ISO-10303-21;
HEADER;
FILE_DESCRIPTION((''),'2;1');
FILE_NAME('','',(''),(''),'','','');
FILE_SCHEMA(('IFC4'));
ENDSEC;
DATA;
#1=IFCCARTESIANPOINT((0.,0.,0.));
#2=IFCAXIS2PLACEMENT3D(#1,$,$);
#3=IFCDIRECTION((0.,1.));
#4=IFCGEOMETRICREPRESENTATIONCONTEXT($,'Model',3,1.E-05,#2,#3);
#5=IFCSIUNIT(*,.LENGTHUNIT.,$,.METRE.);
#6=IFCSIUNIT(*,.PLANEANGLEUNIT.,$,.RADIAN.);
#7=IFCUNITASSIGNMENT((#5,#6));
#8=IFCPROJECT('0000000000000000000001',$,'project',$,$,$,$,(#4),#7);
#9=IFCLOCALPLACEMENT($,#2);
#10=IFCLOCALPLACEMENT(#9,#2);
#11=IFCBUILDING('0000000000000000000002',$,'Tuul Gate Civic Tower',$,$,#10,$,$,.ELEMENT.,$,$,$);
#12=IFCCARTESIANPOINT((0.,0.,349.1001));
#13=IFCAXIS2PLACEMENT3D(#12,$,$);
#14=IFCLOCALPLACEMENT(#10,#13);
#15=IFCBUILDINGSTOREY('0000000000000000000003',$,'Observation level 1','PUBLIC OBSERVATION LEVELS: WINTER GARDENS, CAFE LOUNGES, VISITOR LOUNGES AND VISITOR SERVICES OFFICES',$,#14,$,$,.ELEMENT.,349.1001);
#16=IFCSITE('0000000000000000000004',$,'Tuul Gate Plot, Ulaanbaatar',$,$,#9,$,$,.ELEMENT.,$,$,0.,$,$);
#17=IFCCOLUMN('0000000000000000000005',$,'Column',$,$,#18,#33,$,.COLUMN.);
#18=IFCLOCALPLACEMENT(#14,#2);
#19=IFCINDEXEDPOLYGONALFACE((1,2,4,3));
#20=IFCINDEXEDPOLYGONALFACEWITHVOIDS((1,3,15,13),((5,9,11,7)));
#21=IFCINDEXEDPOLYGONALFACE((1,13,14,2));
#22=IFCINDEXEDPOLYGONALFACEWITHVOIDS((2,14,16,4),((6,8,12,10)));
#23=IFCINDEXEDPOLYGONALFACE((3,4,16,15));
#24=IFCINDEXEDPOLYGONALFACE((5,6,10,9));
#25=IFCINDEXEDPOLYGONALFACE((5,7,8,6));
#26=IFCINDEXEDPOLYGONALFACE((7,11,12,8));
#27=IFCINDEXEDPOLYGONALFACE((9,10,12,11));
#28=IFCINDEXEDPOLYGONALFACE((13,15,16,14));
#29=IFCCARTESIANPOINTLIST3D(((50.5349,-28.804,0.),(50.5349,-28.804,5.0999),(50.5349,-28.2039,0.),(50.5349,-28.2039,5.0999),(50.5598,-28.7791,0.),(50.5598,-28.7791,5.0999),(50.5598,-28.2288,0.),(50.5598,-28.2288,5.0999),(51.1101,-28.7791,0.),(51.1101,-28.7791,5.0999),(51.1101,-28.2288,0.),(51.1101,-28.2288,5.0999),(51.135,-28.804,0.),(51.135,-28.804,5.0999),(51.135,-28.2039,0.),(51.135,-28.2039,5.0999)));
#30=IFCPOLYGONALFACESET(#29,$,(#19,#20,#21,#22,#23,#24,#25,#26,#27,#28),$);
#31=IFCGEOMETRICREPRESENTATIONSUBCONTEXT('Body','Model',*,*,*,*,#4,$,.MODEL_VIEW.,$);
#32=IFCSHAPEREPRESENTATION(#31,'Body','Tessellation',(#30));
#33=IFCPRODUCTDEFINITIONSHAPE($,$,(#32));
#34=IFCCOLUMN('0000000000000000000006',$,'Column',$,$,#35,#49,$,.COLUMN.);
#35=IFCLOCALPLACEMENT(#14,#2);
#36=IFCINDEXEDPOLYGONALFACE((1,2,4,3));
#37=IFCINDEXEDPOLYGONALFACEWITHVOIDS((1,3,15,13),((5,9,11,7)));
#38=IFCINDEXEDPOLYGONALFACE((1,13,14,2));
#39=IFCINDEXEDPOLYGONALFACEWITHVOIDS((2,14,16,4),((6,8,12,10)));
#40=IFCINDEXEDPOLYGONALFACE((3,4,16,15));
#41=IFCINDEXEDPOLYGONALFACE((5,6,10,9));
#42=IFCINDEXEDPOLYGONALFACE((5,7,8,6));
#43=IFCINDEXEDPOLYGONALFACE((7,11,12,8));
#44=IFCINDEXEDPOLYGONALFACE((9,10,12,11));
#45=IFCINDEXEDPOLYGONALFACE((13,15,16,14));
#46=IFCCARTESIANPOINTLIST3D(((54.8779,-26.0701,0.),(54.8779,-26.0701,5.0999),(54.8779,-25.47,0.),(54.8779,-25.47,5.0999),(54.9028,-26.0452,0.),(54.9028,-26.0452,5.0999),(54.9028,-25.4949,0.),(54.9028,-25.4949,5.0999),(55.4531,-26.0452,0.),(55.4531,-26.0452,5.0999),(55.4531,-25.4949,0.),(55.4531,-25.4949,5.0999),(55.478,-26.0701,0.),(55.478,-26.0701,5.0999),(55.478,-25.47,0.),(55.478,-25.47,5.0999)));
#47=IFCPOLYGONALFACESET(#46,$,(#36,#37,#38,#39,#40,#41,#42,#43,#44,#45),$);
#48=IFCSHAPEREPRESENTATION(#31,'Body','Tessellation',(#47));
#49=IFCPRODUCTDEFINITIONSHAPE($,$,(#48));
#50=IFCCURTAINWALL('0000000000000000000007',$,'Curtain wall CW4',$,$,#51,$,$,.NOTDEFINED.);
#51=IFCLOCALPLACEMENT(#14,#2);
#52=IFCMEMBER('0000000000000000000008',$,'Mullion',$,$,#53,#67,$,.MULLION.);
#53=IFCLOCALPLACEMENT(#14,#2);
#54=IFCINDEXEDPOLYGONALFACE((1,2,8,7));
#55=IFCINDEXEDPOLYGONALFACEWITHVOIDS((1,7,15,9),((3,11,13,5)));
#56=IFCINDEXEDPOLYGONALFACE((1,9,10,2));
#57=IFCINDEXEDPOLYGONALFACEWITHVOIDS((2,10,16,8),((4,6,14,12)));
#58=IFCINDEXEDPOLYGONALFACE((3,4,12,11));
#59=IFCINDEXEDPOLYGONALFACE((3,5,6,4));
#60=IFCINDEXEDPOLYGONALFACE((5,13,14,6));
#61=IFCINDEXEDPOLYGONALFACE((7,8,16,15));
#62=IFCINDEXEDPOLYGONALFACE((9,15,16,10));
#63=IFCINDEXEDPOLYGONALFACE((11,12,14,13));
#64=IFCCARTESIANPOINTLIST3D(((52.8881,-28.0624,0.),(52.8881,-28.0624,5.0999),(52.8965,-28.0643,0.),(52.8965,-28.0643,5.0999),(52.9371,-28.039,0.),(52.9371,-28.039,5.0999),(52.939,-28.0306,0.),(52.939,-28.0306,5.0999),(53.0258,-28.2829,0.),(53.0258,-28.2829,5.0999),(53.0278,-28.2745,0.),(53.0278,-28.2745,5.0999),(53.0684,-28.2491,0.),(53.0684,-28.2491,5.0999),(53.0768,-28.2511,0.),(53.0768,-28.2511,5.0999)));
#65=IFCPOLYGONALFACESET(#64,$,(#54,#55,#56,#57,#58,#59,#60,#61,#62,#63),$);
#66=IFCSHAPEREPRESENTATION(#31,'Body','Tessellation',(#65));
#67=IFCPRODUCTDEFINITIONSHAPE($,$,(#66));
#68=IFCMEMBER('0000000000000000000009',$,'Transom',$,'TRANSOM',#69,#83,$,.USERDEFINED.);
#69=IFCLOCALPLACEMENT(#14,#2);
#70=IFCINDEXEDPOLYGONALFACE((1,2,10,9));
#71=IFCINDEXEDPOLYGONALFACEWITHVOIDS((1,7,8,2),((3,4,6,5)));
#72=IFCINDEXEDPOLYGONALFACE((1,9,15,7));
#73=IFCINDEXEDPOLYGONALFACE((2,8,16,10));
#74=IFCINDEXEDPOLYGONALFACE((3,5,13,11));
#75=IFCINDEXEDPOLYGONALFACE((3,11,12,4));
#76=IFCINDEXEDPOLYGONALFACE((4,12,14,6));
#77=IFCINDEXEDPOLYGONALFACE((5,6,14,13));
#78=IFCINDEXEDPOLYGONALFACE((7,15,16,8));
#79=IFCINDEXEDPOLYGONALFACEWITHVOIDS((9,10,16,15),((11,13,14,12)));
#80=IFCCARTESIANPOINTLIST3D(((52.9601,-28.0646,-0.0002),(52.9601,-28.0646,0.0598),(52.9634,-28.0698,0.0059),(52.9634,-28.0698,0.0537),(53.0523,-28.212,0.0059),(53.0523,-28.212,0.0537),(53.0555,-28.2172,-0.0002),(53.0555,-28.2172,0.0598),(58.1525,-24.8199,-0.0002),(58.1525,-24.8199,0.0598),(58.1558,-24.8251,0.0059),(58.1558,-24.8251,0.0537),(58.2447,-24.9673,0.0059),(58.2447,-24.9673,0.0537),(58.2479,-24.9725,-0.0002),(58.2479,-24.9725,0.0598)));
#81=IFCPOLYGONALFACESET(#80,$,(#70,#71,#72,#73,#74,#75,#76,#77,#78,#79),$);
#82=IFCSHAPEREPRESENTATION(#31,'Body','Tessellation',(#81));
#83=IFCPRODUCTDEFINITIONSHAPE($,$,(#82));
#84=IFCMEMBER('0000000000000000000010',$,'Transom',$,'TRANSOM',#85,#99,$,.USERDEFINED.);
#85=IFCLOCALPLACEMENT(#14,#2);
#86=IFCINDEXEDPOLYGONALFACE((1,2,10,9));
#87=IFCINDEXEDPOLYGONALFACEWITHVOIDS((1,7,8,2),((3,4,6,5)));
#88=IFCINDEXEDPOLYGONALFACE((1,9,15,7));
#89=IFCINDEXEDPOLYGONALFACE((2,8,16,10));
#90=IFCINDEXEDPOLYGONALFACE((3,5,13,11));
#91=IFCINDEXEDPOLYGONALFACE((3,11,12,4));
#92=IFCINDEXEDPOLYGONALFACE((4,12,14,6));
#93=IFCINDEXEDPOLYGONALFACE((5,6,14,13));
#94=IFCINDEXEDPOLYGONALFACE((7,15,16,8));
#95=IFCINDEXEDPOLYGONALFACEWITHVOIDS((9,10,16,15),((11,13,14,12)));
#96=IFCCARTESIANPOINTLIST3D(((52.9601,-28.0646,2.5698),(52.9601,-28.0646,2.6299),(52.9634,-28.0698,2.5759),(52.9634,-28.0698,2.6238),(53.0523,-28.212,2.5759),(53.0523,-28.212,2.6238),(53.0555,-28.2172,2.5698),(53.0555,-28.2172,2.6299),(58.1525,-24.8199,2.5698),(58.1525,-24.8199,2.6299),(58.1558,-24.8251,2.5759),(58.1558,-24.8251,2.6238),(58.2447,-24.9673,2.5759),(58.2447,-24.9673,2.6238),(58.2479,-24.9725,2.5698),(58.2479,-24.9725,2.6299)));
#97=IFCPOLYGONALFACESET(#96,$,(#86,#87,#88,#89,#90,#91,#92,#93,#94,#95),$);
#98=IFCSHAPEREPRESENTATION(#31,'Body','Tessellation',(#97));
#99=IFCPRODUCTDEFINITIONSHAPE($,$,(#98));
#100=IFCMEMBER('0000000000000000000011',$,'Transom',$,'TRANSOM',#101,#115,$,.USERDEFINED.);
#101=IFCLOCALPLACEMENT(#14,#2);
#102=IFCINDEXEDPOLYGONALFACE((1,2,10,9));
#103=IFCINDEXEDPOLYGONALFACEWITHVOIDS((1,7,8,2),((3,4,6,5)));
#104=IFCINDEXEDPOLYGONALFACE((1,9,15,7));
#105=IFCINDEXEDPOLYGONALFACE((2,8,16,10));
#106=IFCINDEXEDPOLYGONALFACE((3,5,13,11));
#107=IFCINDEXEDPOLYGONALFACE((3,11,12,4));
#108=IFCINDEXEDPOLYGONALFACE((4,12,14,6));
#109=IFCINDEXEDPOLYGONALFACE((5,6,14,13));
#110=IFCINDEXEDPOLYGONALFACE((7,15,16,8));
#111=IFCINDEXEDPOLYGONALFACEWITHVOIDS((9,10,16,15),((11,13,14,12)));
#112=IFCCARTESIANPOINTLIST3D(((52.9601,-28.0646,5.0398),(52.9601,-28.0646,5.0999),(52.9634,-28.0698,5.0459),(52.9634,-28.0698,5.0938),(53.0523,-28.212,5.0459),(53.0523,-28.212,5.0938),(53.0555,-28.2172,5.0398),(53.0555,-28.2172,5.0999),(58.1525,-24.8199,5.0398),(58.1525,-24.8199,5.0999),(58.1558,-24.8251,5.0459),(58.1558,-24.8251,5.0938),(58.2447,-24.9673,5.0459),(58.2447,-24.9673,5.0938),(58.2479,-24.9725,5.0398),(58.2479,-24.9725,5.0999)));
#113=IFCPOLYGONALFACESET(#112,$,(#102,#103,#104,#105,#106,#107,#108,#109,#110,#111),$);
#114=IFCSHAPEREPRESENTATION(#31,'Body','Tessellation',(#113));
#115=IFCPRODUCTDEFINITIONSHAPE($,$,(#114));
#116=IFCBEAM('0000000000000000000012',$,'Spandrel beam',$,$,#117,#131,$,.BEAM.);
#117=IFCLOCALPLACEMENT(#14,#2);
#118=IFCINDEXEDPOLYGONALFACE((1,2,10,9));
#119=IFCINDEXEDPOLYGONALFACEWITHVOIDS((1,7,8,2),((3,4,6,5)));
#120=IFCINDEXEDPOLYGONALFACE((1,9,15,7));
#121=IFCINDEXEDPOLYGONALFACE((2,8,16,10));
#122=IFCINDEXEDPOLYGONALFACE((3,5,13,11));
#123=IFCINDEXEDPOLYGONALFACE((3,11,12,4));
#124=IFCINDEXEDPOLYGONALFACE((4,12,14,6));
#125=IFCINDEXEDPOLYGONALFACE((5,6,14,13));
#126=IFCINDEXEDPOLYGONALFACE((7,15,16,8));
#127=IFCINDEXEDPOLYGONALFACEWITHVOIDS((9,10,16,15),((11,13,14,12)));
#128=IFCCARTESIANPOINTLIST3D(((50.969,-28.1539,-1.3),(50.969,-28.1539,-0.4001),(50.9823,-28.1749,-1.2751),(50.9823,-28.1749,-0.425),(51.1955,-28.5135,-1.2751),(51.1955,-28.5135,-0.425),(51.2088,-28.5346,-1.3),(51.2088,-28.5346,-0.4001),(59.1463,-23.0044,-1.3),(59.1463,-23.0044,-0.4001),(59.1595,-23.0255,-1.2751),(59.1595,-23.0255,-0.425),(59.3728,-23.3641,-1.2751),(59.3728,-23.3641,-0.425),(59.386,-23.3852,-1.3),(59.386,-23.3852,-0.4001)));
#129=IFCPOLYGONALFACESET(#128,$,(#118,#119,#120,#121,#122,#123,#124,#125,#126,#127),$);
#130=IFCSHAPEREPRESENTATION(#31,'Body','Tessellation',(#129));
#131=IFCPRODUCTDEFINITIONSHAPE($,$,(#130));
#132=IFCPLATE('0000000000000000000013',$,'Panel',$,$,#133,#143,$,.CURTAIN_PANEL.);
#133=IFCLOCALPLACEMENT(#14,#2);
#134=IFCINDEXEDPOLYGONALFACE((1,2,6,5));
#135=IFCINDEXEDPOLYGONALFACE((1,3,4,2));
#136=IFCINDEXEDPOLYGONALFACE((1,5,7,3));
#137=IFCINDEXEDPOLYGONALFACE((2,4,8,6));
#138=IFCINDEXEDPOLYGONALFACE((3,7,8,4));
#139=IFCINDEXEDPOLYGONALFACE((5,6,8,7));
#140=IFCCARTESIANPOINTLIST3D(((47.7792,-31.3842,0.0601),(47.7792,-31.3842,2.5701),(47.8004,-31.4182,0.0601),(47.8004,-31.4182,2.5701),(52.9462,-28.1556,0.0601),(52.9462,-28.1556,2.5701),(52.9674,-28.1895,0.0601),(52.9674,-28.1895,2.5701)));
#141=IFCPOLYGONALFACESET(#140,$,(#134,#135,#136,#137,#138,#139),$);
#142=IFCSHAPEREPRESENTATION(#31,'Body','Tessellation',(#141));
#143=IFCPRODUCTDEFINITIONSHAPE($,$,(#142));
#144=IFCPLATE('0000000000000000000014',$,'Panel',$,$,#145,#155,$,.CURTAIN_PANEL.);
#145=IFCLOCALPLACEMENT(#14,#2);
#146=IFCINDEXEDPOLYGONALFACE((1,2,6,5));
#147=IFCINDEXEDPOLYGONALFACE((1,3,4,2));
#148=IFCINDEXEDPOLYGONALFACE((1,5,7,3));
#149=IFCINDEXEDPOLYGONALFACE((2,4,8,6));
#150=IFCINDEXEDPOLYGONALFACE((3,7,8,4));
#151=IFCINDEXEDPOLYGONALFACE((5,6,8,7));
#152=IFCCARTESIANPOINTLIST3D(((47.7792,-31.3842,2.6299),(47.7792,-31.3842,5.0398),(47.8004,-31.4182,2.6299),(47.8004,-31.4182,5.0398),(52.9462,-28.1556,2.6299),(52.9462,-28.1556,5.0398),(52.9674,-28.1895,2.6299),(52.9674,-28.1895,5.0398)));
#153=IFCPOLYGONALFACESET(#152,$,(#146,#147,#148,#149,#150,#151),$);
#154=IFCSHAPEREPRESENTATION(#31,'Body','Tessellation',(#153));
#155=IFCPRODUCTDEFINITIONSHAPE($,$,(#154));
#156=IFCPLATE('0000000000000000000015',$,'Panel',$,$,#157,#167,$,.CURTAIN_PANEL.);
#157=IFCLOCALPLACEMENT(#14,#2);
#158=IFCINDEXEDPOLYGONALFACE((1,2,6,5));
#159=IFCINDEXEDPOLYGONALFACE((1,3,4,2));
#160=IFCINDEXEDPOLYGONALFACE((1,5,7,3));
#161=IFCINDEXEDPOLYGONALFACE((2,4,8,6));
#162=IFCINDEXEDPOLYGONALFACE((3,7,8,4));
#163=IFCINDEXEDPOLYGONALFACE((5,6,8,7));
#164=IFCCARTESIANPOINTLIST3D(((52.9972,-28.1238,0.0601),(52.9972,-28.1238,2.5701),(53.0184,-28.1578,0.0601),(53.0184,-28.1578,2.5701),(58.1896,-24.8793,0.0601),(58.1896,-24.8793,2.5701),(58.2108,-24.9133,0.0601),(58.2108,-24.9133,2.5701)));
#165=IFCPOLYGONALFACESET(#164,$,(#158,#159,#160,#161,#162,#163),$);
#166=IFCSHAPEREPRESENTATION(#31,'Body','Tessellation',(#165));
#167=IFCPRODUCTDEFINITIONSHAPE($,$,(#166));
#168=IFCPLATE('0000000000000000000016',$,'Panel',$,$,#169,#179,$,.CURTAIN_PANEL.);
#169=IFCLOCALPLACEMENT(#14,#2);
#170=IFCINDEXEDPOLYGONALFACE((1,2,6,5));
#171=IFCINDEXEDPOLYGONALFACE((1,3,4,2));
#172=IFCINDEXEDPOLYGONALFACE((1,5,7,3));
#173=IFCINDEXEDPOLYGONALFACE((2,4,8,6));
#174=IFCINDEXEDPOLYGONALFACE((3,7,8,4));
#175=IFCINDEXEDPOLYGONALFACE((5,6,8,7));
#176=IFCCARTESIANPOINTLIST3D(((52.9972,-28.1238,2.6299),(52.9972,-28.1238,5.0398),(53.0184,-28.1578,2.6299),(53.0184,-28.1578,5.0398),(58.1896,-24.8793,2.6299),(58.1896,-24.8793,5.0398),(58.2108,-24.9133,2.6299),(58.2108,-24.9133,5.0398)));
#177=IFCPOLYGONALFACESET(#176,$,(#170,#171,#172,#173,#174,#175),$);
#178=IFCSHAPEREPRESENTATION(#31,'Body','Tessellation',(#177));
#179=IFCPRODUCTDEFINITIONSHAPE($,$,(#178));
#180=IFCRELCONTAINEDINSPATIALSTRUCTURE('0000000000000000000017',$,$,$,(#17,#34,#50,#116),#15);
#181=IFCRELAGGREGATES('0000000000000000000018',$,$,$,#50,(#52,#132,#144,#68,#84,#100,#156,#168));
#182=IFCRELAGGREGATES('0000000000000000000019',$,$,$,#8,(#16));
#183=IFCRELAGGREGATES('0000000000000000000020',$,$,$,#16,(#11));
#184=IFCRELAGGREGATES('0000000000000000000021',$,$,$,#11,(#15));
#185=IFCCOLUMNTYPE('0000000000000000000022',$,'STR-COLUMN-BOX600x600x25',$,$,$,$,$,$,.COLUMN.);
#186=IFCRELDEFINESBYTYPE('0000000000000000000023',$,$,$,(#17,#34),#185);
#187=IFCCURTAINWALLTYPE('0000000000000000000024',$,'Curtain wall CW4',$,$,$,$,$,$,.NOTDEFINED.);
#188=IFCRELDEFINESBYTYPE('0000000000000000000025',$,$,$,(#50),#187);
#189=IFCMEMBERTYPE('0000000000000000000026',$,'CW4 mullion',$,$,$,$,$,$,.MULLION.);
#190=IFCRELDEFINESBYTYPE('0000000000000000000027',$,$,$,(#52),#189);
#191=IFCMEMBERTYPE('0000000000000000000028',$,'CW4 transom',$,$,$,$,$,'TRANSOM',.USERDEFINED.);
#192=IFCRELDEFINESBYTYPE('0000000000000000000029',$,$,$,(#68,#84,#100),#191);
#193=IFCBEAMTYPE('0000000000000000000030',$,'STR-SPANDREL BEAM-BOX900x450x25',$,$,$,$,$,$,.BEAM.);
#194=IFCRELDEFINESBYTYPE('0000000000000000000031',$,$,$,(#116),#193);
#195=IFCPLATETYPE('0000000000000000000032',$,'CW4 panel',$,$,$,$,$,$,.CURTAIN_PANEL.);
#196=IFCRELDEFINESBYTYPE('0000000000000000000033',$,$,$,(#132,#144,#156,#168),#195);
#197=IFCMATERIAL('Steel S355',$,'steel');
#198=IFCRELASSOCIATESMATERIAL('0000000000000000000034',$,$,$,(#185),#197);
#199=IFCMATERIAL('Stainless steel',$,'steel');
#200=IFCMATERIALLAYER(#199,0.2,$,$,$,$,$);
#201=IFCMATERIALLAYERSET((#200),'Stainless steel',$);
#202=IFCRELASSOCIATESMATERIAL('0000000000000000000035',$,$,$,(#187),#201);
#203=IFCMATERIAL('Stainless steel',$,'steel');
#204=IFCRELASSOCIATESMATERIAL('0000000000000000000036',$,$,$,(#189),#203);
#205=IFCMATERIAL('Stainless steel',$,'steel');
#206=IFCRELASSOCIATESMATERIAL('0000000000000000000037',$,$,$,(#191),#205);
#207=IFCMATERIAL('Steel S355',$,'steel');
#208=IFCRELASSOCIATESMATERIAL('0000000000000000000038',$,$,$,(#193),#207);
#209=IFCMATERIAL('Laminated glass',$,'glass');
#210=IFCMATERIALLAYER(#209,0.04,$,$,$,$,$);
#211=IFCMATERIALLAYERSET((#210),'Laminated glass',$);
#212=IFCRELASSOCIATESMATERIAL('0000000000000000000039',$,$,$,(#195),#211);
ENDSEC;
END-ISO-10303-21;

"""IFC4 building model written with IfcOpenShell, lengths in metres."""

from ifc_helpers import new_model, si_unit, direction, frame, origin, origin_2d, place, context, subcontext, project, spatial, rectangle, hollow_rectangle, extrude, material, layer, layer_set, material_profile, profile_set, type_object, element, aggregate, save


model = new_model("IFC4")

# Units and contexts
model_context = context("Model", 3, precision=1e-05, world=origin(), true_north=direction((0.0, 1.0)))
body_context = subcontext(model_context, "Body", "Model", "MODEL_VIEW")
ifc_project = project(units=[si_unit("LENGTHUNIT", "METRE"), si_unit("PLANEANGLEUNIT", "RADIAN")], contexts=[model_context])

# Site, building, storey
site_placement = place(None, origin())
site = spatial("IfcSite", under=ifc_project, at=site_placement, Name="Tuul Gate Plot, Ulaanbaatar", CompositionType="ELEMENT", RefElevation=0.0)
building_placement = place(site_placement, origin())
building = spatial("IfcBuilding", under=site, at=building_placement, Name="Tuul Gate Civic Tower", CompositionType="ELEMENT")
storey_placement = place(building_placement, frame((0.0, 0.0, 349.1001)))
storey = spatial("IfcBuildingStorey", under=building, at=storey_placement, Name="Observation level 1", Description="PUBLIC OBSERVATION LEVELS: WINTER GARDENS, CAFE LOUNGES, VISITOR LOUNGES AND VISITOR SERVICES OFFICES", CompositionType="ELEMENT", Elevation=349.1001)

# Columns
ifc_material_1 = material(Name="Steel S355", Category="steel")
ifc_material_profile_1 = material_profile(ifc_material_1, hollow_rectangle(XDim=0.6001, YDim=0.6001, WallThickness=0.0249, at=origin_2d()), Name="BOX600x600x25")
ifc_profile_set_1 = profile_set([ifc_material_profile_1], Name="Steel S355")
column_type = type_object("IfcColumnType", Name="STR-COLUMN-BOX600x600x25", PredefinedType="COLUMN", material=ifc_profile_set_1)
for number, where, z_axis, x_axis, name in (
    (1, (50.835, -28.5039, 0.0), (0.0, 0.0, 1.0), (1.0, 0.0, 0.0), "Column"),
    (2, (55.178, -25.77, 0.0), (0.0, 0.0, 1.0), (1.0, 0.0, 0.0), "Column"),
):
    element("IfcColumn", number, at=place(storey_placement, frame(where, z_axis=z_axis, x_axis=x_axis)), inside=storey, type_object=column_type, Name=name, PredefinedType="COLUMN", context=body_context, shape_type="SweptSolid", body=[
        extrude(hollow_rectangle(XDim=0.6001, YDim=0.6001, WallThickness=0.0249, at=origin_2d()), origin(), (0.0, 0.0, 1.0), 5.0999),
    ])

# Curtain wall, members
ifc_material_2 = material(Name="Stainless steel", Category="steel")
ifc_layer_1 = layer(ifc_material_2, 0.2)
ifc_layer_set_1 = layer_set([ifc_layer_1], Name="Stainless steel")
curtain_wall_type = type_object("IfcCurtainWallType", Name="Curtain wall CW4", PredefinedType="NOTDEFINED", material=ifc_layer_set_1)
curtain_wall_placement = place(storey_placement, origin())
curtain_wall = element("IfcCurtainWall", 3, at=curtain_wall_placement, inside=storey, type_object=curtain_wall_type, Name="Curtain wall CW4", PredefinedType="NOTDEFINED")
ifc_material_3 = material(Name="Stainless steel", Category="steel")
ifc_material_profile_2 = material_profile(ifc_material_3, hollow_rectangle(XDim=0.26, YDim=0.0601, WallThickness=0.0061, at=origin_2d()), Name="CW4 mullion")
ifc_profile_set_2 = profile_set([ifc_material_profile_2], Name="Stainless steel")
member_type_1 = type_object("IfcMemberType", Name="CW4 mullion", PredefinedType="MULLION", material=ifc_profile_set_2)
member_1_placement = place(storey_placement, frame((52.9824, -28.1567, 0.0), z_axis=(0.0, 0.0, 1.0), x_axis=(-0.529912, 0.848053, 0.0)))
member_1 = element("IfcMember", 4, at=member_1_placement, type_object=member_type_1, Name="Mullion", PredefinedType="MULLION", context=body_context, shape_type="SweptSolid", body=[
    extrude(hollow_rectangle(XDim=0.26, YDim=0.0601, WallThickness=0.0061, at=origin_2d()), origin(), (0.0, 0.0, 1.0), 5.0999),
])
ifc_material_4 = material(Name="Stainless steel", Category="steel")
ifc_material_profile_3 = material_profile(ifc_material_4, hollow_rectangle(XDim=0.1799, YDim=0.0601, WallThickness=0.0061, at=origin_2d()), Name="CW4 transom")
ifc_profile_set_3 = profile_set([ifc_material_profile_3], Name="Stainless steel")
member_type_2 = type_object("IfcMemberType", Name="CW4 transom", ElementType="TRANSOM", PredefinedType="USERDEFINED", material=ifc_profile_set_3)
member_2_placement = place(storey_placement, frame((53.0078, -28.1409, 0.0298), z_axis=(0.848043, 0.529927, 0.0), x_axis=(-0.529927, 0.848043, 0.0)))
member_2 = element("IfcMember", 5, at=member_2_placement, type_object=member_type_2, Name="Transom", ObjectType="TRANSOM", PredefinedType="USERDEFINED", context=body_context, shape_type="SweptSolid", body=[
    extrude(hollow_rectangle(XDim=0.1799, YDim=0.0601, WallThickness=0.0061, at=origin_2d()), origin(), (0.0, 0.0, 1.0), 6.1228),
])
member_3_placement = place(storey_placement, frame((53.0078, -28.1409, 2.5999), z_axis=(0.848043, 0.529927, 0.0), x_axis=(-0.529927, 0.848043, 0.0)))
member_3 = element("IfcMember", 6, at=member_3_placement, type_object=member_type_2, Name="Transom", ObjectType="TRANSOM", PredefinedType="USERDEFINED", context=body_context, shape_type="SweptSolid", body=[
    extrude(hollow_rectangle(XDim=0.1799, YDim=0.0601, WallThickness=0.0061, at=origin_2d()), origin(), (0.0, 0.0, 1.0), 6.1228),
])
member_4_placement = place(storey_placement, frame((53.0078, -28.1409, 5.0698), z_axis=(0.848043, 0.529927, 0.0), x_axis=(-0.529927, 0.848043, 0.0)))
member_4 = element("IfcMember", 7, at=member_4_placement, type_object=member_type_2, Name="Transom", ObjectType="TRANSOM", PredefinedType="USERDEFINED", context=body_context, shape_type="SweptSolid", body=[
    extrude(hollow_rectangle(XDim=0.1799, YDim=0.0601, WallThickness=0.0061, at=origin_2d()), origin(), (0.0, 0.0, 1.0), 6.1228),
])

# Beam
ifc_material_5 = material(Name="Steel S355", Category="steel")
ifc_material_profile_4 = material_profile(ifc_material_5, hollow_rectangle(XDim=0.45, YDim=0.8999, WallThickness=0.0249, at=origin_2d()), Name="BOX900x450x25")
ifc_profile_set_4 = profile_set([ifc_material_profile_4], Name="Steel S355")
beam_type = type_object("IfcBeamType", Name="STR-SPANDREL BEAM-BOX900x450x25", PredefinedType="BEAM", material=ifc_profile_set_4)
beam_placement = place(storey_placement, frame((51.0889, -28.3442, -0.8501), z_axis=(0.846197, 0.532871, 0.0), x_axis=(-0.532871, 0.846197, 0.0)))
element("IfcBeam", 8, at=beam_placement, inside=storey, type_object=beam_type, Name="Spandrel beam", PredefinedType="BEAM", context=body_context, shape_type="SweptSolid", body=[
    extrude(hollow_rectangle(XDim=0.45, YDim=0.8999, WallThickness=0.0249, at=origin_2d()), origin(), (0.0, 0.0, 1.0), 9.6636),
])

# Plates
ifc_material_6 = material(Name="Laminated glass", Category="glass")
ifc_layer_2 = layer(ifc_material_6, 0.04)
ifc_layer_set_2 = layer_set([ifc_layer_2], Name="Laminated glass")
plate_type = type_object("IfcPlateType", Name="CW4 panel", PredefinedType="CURTAIN_PANEL", material=ifc_layer_set_2)
plate_1_placement = place(storey_placement, frame((50.3733, -29.7869, 0.0601), z_axis=(0.0, 0.0, 1.0), x_axis=(0.848053, 0.529912, 0.0)))
plate_1 = element("IfcPlate", 9, at=plate_1_placement, type_object=plate_type, Name="Panel", PredefinedType="CURTAIN_PANEL", context=body_context, shape_type="SweptSolid", body=[
    extrude(rectangle(XDim=6.0928, YDim=0.04, at=origin_2d()), origin(), (0.0, 0.0, 1.0), 2.51),
])
plate_2_placement = place(storey_placement, frame((50.3733, -29.7869, 2.6299), z_axis=(0.0, 0.0, 1.0), x_axis=(0.848053, 0.529912, 0.0)))
plate_2 = element("IfcPlate", 10, at=plate_2_placement, type_object=plate_type, Name="Panel", PredefinedType="CURTAIN_PANEL", context=body_context, shape_type="SweptSolid", body=[
    extrude(rectangle(XDim=6.0928, YDim=0.04, at=origin_2d()), origin(), (0.0, 0.0, 1.0), 2.4099),
])
plate_3_placement = place(storey_placement, frame((55.604, -26.5186, 0.0601), z_axis=(0.0, 0.0, 1.0), x_axis=(0.848053, 0.529912, 0.0)))
plate_3 = element("IfcPlate", 11, at=plate_3_placement, type_object=plate_type, Name="Panel", PredefinedType="CURTAIN_PANEL", context=body_context, shape_type="SweptSolid", body=[
    extrude(rectangle(XDim=6.1228, YDim=0.04, at=origin_2d()), origin(), (0.0, 0.0, 1.0), 2.51),
])
plate_4_placement = place(storey_placement, frame((55.604, -26.5186, 2.6299), z_axis=(0.0, 0.0, 1.0), x_axis=(0.848053, 0.529912, 0.0)))
plate_4 = element("IfcPlate", 12, at=plate_4_placement, type_object=plate_type, Name="Panel", PredefinedType="CURTAIN_PANEL", context=body_context, shape_type="SweptSolid", body=[
    extrude(rectangle(XDim=6.1228, YDim=0.04, at=origin_2d()), origin(), (0.0, 0.0, 1.0), 2.4099),
])
aggregate(curtain_wall, [member_1, plate_1, plate_2, member_2, member_3, member_4, plate_3, plate_4])

save(model, "model.ifc")
